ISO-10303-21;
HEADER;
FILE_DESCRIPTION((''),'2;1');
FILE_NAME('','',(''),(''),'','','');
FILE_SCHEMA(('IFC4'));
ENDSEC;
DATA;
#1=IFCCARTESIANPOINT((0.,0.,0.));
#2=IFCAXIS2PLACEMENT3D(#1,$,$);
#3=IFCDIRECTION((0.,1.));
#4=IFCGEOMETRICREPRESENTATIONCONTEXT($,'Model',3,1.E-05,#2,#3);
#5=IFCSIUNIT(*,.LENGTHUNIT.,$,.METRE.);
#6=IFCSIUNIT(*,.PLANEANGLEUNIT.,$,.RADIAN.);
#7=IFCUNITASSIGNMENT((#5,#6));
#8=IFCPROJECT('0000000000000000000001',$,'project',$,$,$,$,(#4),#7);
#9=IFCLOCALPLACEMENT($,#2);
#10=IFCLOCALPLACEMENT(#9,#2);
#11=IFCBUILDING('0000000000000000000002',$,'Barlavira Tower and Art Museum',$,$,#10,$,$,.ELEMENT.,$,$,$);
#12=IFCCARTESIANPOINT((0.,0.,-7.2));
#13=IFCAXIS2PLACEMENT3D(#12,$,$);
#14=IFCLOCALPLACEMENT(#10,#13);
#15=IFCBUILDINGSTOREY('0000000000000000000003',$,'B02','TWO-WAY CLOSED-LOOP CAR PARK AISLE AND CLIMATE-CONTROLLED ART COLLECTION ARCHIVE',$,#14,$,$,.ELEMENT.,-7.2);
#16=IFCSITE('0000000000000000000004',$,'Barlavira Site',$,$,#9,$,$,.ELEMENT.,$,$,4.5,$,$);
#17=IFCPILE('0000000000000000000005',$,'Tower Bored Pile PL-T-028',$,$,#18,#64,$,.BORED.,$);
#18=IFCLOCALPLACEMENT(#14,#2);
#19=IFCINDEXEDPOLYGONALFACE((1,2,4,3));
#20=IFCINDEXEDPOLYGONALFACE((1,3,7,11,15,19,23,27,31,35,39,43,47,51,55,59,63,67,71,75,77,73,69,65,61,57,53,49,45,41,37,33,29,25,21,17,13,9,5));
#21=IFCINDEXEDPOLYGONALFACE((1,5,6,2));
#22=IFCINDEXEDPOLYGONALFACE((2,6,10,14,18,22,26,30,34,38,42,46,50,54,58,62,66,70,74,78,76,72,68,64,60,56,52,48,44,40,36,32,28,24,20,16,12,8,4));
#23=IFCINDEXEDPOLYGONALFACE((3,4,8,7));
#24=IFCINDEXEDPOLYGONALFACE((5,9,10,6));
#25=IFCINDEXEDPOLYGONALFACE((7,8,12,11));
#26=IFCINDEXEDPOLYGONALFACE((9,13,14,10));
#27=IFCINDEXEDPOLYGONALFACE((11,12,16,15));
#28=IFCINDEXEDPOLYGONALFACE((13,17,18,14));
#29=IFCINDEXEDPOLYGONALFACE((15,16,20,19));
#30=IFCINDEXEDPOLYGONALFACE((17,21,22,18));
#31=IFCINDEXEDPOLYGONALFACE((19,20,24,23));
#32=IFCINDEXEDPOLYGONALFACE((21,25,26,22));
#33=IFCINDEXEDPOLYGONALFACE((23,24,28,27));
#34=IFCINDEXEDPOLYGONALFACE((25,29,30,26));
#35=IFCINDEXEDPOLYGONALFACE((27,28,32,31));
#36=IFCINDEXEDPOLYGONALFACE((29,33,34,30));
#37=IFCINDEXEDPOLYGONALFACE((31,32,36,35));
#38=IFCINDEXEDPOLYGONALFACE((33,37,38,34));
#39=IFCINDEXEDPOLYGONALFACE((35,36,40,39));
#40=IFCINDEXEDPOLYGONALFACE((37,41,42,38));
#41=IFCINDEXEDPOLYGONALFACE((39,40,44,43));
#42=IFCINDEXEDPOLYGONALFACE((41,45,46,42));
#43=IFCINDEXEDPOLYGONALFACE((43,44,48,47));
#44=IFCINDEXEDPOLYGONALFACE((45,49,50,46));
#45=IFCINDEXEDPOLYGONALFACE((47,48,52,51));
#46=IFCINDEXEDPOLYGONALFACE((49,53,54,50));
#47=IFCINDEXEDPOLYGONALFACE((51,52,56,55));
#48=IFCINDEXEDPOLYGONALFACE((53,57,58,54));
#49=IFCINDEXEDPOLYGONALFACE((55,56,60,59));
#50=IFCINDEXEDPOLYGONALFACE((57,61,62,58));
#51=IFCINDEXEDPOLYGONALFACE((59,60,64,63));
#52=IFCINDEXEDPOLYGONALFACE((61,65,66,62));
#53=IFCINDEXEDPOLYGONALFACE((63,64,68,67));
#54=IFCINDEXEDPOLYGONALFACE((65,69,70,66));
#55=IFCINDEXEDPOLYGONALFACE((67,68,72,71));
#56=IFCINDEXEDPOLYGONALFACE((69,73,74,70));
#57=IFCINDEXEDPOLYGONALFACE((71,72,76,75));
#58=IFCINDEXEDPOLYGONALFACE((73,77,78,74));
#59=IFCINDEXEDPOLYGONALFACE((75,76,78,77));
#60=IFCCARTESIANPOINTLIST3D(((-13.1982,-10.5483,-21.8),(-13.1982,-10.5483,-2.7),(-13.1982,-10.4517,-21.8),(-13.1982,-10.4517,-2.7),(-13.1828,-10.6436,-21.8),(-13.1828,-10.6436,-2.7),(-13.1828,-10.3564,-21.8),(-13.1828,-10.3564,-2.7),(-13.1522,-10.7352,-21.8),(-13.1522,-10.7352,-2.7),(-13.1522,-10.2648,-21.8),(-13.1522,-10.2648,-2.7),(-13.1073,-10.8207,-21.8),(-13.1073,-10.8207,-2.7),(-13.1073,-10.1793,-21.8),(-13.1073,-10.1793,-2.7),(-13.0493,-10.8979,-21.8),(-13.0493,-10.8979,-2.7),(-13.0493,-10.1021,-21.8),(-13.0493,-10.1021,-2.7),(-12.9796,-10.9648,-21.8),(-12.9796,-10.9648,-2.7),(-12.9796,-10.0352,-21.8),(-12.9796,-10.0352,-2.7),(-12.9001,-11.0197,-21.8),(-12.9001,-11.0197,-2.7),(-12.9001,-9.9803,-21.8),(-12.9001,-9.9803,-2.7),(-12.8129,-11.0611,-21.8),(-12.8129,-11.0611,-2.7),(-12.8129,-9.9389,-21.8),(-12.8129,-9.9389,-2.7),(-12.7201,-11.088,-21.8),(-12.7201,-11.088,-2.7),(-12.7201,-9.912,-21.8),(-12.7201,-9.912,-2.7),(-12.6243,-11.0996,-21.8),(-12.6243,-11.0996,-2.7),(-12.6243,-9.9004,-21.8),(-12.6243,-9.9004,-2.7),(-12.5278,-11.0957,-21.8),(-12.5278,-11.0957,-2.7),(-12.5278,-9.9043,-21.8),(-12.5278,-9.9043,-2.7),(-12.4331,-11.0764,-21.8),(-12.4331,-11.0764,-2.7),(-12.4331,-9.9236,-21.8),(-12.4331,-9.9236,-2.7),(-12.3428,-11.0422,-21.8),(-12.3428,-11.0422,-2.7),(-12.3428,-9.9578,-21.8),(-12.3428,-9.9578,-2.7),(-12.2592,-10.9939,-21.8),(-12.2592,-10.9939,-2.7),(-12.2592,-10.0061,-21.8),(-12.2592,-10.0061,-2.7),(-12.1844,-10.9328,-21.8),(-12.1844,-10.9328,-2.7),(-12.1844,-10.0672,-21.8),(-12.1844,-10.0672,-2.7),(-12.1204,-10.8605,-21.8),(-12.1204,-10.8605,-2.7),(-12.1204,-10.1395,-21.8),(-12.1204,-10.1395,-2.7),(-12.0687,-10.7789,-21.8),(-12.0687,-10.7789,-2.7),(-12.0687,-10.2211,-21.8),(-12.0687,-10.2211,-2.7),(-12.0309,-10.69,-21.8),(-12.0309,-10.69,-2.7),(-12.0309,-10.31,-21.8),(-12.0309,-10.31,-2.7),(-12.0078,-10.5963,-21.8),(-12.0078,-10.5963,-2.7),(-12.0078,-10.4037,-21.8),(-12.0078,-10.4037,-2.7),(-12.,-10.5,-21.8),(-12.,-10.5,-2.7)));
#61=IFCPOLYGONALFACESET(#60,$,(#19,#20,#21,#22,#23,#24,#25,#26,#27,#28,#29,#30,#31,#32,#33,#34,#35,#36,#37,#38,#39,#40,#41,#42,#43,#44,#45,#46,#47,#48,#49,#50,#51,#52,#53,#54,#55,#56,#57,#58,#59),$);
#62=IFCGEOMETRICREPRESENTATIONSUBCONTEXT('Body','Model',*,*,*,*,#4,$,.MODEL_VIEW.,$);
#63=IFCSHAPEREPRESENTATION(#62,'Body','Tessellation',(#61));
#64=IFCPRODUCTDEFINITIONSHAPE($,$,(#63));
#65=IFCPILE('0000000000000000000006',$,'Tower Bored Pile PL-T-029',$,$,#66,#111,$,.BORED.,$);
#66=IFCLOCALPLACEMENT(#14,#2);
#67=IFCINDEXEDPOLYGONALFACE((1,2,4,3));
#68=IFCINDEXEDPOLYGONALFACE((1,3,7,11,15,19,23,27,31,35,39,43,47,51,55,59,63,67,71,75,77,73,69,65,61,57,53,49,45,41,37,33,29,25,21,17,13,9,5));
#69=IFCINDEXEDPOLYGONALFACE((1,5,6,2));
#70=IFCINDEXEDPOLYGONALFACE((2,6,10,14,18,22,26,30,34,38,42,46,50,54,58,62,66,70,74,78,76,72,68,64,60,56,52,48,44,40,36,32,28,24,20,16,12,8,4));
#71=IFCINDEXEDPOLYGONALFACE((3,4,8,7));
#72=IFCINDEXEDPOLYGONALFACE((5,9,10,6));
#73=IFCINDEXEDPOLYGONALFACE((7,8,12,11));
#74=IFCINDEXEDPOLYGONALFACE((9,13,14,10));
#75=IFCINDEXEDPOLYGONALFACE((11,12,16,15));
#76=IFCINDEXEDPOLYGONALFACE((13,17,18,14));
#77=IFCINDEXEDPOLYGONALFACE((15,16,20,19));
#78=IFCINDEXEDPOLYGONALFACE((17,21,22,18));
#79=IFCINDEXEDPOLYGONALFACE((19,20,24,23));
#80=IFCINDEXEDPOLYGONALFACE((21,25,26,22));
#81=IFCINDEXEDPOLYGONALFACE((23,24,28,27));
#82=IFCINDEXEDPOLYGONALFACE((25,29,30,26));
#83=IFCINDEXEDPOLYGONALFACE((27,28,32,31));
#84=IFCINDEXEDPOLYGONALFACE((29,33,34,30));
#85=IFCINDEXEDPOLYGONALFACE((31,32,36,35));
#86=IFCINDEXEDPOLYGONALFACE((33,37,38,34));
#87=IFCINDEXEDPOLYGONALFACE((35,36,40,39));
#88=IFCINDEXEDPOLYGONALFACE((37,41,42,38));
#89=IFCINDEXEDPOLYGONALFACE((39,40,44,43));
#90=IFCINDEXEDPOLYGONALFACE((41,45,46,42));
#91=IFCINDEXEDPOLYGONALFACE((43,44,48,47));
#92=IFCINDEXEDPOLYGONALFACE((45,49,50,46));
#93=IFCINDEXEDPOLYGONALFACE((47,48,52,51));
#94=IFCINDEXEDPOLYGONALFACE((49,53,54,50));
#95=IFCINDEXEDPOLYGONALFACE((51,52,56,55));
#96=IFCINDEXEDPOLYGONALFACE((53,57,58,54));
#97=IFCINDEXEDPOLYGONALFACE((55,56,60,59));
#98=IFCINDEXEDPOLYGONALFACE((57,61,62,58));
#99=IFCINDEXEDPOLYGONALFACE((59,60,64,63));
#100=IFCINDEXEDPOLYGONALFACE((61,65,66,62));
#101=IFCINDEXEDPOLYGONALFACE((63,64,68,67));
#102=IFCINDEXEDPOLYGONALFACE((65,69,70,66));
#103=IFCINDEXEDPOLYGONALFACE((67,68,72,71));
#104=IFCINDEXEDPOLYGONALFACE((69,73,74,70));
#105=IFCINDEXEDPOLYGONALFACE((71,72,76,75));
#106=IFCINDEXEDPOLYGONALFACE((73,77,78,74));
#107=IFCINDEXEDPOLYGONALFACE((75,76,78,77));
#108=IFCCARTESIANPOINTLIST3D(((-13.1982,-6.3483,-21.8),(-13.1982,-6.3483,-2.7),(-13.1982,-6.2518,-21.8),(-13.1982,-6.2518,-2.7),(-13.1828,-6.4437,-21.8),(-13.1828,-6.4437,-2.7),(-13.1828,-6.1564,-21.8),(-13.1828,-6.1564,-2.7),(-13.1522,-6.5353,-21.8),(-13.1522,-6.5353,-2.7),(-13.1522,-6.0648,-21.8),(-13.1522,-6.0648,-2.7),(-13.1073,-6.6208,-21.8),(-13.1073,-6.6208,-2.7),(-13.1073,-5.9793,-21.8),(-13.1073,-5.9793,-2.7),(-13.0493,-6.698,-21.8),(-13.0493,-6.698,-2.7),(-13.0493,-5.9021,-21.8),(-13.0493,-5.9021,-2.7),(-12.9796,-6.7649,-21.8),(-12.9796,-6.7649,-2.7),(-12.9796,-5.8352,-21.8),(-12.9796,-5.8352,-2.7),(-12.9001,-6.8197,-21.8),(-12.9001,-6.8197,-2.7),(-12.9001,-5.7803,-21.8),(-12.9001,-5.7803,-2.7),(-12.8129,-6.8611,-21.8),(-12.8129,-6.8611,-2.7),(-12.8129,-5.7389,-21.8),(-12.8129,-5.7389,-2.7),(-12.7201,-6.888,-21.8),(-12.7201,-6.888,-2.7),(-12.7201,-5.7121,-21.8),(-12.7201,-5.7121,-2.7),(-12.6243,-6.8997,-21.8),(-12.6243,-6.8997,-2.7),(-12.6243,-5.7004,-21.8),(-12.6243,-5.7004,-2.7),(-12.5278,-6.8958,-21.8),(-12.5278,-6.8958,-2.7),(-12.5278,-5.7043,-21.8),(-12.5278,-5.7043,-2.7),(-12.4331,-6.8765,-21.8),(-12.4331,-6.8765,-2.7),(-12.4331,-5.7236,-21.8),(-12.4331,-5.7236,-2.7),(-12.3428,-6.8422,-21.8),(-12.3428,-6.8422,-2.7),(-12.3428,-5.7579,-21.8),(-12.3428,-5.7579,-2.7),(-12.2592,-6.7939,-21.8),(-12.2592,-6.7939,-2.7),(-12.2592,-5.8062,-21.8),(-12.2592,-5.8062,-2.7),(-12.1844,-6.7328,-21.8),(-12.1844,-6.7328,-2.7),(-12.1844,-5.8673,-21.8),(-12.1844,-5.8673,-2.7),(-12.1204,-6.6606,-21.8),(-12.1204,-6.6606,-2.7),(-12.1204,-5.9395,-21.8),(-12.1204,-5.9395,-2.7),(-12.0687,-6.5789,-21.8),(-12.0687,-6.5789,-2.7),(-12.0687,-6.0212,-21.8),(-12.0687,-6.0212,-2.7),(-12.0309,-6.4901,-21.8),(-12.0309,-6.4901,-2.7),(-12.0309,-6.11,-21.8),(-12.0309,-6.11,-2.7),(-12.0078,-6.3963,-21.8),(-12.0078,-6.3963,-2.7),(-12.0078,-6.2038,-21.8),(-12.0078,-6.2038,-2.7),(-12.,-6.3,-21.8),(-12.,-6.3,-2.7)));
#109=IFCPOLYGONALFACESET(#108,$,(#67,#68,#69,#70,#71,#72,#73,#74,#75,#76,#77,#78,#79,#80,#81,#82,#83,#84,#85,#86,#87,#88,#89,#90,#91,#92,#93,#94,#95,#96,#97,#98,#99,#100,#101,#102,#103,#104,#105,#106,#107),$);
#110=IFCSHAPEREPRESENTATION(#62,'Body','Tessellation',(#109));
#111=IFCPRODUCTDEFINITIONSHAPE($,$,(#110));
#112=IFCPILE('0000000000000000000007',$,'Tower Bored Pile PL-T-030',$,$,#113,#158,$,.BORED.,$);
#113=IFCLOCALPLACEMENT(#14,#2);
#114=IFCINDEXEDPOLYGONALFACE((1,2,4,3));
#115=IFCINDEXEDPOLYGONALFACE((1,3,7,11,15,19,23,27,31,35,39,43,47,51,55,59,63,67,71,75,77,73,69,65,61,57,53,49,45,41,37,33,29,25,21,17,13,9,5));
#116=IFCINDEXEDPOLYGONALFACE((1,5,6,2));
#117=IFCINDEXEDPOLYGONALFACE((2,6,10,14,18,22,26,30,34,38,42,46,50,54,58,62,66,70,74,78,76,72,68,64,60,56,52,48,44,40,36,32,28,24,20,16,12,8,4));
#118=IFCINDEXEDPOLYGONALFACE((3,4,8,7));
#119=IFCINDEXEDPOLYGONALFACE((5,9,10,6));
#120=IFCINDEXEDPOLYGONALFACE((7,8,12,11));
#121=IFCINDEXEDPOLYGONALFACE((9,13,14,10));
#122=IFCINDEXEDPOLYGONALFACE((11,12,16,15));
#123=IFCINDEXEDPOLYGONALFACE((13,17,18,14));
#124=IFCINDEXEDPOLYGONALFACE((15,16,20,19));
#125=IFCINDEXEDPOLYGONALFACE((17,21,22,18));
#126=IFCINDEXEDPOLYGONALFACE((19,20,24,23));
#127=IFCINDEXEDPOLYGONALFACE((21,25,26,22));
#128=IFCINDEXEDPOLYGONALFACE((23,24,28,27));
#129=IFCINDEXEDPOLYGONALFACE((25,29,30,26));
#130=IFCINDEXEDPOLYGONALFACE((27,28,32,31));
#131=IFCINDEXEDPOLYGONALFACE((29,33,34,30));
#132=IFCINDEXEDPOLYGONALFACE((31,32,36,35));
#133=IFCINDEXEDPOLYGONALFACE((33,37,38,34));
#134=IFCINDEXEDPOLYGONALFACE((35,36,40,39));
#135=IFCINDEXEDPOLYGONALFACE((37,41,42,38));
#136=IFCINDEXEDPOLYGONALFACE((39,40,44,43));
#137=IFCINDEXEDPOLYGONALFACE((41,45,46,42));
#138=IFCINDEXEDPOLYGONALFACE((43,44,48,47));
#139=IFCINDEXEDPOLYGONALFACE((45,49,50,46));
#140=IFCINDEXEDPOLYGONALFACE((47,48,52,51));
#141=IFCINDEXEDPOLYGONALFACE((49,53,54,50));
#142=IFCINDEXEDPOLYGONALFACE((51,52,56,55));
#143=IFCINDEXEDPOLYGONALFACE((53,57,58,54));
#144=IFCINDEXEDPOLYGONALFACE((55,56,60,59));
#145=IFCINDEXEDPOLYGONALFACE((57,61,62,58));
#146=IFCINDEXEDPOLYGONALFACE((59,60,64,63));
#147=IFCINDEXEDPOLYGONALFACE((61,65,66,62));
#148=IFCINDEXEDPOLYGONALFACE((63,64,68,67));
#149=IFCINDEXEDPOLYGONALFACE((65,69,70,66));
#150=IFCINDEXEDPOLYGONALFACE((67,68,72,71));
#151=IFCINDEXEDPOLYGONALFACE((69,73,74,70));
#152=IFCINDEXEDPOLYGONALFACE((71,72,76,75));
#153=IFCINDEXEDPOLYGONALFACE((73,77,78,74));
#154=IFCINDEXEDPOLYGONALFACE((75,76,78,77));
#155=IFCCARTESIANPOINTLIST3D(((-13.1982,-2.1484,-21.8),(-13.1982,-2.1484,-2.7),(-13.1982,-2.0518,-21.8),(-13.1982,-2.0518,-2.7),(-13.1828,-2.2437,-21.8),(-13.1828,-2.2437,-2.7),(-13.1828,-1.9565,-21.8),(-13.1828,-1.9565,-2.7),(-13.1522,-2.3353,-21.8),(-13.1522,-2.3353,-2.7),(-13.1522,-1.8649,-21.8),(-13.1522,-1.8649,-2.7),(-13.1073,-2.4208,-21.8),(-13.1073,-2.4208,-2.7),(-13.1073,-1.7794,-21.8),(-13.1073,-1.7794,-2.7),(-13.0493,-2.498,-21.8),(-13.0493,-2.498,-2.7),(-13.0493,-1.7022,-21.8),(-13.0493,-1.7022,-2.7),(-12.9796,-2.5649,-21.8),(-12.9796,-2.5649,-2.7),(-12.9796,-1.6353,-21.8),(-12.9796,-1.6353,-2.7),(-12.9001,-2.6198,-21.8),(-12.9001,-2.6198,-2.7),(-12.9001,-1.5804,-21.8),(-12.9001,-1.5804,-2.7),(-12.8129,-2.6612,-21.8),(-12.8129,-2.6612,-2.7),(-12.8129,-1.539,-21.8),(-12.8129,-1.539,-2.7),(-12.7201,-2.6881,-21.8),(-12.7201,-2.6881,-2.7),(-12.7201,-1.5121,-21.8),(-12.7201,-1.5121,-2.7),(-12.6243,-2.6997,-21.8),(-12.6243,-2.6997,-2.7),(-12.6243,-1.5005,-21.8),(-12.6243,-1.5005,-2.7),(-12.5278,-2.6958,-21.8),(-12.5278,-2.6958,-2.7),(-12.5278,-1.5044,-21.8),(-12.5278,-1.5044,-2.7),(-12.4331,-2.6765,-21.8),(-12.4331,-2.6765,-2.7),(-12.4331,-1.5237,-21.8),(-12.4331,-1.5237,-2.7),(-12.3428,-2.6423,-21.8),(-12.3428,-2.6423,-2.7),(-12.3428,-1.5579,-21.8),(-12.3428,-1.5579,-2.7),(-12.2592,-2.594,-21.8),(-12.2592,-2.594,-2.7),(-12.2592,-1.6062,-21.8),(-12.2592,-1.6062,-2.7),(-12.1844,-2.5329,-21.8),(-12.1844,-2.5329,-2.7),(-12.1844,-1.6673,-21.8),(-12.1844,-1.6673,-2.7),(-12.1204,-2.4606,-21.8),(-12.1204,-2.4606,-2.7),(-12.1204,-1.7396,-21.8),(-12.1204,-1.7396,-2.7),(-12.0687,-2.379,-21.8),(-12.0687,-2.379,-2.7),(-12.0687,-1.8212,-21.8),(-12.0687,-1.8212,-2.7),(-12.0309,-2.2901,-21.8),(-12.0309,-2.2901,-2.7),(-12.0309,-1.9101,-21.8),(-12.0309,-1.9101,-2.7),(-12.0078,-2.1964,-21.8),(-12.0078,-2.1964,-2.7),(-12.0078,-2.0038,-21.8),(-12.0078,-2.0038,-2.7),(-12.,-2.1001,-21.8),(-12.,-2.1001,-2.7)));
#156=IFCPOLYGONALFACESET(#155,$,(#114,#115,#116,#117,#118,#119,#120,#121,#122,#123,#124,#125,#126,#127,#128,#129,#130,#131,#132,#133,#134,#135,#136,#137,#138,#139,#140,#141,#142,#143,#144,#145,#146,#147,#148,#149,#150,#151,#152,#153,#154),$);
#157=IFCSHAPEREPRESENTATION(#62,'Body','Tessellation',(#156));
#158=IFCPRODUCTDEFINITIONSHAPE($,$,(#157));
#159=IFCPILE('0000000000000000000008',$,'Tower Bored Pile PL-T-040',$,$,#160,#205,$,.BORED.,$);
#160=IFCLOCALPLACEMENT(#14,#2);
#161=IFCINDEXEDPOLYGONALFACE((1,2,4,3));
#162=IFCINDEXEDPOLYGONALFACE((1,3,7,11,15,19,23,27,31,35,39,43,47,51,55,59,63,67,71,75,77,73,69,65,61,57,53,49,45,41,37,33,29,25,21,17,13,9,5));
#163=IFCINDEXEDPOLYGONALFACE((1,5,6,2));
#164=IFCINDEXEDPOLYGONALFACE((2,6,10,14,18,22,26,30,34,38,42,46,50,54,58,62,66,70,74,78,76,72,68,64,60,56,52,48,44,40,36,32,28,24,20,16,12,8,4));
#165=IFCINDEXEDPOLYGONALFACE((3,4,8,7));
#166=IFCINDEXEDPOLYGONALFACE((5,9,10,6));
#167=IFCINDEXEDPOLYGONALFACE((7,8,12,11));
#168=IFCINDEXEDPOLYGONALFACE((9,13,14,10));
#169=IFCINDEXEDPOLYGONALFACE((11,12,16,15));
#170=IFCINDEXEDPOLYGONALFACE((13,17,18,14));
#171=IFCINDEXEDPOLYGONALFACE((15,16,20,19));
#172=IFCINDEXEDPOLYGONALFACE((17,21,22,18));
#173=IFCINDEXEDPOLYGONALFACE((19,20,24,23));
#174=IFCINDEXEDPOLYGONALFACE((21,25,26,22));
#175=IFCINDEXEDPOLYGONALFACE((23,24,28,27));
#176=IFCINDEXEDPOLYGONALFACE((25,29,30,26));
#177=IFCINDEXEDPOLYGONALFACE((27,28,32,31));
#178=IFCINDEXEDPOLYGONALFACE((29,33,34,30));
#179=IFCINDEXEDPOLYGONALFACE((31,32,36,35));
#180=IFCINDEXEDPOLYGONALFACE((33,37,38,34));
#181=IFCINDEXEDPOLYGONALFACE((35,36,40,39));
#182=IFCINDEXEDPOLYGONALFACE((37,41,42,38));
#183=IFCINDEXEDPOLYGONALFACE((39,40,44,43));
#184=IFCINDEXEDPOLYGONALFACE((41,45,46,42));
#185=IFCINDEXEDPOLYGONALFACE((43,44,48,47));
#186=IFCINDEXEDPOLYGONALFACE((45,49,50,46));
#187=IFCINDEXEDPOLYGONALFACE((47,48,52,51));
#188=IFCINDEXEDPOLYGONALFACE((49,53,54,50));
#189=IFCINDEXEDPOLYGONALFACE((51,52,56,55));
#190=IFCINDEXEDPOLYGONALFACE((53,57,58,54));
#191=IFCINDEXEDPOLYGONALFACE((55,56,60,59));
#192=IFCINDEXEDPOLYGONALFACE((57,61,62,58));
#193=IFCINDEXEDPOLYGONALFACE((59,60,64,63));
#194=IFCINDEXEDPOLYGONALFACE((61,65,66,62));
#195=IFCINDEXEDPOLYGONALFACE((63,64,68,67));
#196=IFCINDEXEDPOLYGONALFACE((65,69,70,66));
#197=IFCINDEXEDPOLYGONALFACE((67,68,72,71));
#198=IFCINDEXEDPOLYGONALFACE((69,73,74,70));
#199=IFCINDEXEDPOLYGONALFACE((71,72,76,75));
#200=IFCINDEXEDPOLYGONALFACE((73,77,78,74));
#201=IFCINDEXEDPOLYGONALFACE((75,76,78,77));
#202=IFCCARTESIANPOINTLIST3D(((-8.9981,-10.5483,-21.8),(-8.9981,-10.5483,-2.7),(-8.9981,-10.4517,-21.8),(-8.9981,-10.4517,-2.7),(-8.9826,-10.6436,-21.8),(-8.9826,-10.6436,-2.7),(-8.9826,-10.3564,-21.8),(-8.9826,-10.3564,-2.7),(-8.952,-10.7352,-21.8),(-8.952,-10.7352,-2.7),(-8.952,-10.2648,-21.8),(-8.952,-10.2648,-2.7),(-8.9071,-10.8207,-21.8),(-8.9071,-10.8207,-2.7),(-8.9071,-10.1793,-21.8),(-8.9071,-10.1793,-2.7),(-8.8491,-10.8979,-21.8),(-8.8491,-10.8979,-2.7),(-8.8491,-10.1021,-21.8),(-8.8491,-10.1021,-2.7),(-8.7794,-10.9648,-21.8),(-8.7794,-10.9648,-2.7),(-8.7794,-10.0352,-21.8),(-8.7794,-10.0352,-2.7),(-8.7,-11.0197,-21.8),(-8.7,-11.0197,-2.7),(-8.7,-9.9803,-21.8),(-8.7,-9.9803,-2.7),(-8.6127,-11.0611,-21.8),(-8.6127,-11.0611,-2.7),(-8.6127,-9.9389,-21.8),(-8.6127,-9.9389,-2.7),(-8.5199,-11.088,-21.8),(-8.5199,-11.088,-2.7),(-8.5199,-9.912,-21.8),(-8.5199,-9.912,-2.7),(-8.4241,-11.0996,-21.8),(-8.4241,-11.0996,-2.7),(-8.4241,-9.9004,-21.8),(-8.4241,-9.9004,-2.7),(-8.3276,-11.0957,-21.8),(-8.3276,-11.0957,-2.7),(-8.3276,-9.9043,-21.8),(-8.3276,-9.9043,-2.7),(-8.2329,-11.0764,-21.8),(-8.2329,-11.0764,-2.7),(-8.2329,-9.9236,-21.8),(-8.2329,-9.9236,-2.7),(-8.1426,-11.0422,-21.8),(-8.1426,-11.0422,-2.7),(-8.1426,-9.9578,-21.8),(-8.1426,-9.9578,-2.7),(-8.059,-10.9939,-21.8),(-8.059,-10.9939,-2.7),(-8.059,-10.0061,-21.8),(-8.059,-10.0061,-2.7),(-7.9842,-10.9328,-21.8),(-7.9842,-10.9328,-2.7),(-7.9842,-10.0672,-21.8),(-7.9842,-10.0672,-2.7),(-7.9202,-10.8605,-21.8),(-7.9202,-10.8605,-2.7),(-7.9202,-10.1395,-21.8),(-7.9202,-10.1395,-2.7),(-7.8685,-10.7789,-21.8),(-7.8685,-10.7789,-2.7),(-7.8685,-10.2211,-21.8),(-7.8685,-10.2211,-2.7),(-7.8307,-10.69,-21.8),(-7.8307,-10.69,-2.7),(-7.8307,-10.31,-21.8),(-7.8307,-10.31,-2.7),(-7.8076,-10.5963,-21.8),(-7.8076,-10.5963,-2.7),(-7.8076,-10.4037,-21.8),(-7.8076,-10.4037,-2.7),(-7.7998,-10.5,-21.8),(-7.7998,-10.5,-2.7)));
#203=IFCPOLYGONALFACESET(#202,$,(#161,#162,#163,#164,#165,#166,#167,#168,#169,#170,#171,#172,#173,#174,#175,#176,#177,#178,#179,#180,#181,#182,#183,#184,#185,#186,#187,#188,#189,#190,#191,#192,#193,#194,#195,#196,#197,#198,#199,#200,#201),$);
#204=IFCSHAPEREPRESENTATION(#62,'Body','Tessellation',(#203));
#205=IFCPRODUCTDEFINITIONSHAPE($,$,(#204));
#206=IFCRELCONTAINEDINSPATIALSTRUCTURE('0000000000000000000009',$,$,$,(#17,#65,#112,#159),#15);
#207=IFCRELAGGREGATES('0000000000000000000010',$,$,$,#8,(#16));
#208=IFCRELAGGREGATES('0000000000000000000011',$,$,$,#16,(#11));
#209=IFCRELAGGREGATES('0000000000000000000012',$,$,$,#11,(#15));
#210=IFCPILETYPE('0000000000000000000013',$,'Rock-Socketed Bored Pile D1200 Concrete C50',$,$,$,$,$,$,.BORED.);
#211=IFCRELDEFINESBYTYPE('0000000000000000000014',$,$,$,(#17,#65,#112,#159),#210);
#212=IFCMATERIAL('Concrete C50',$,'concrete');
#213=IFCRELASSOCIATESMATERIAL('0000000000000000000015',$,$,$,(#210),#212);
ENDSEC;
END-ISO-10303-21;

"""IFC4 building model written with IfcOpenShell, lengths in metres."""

from ifc_helpers import new_model, si_unit, direction, frame, origin, origin_2d, place, context, subcontext, project, spatial, circle, extrude, material, material_profile, profile_set, type_object, element, save


model = new_model("IFC4")

# Units and contexts
model_context = context("Model", 3, precision=1e-05, world=origin(), true_north=direction((0.0, 1.0)))
body_context = subcontext(model_context, "Body", "Model", "MODEL_VIEW")
ifc_project = project(units=[si_unit("LENGTHUNIT", "METRE"), si_unit("PLANEANGLEUNIT", "RADIAN")], contexts=[model_context])

# Site, building, storey
site_placement = place(None, origin())
site = spatial("IfcSite", under=ifc_project, at=site_placement, Name="Barlavira Site", CompositionType="ELEMENT", RefElevation=4.5)
building_placement = place(site_placement, origin())
building = spatial("IfcBuilding", under=site, at=building_placement, Name="Barlavira Tower and Art Museum", CompositionType="ELEMENT")
storey_placement = place(building_placement, frame((0.0, 0.0, -7.2)))
storey = spatial("IfcBuildingStorey", under=building, at=storey_placement, Name="B02", Description="TWO-WAY CLOSED-LOOP CAR PARK AISLE AND CLIMATE-CONTROLLED ART COLLECTION ARCHIVE", CompositionType="ELEMENT", Elevation=-7.2)

# Piles
ifc_material_1 = material(Name="Concrete C50", Category="concrete")
ifc_material_profile_1 = material_profile(ifc_material_1, circle(Radius=0.6001, at=origin_2d()), Name="BORED PILE D1200")
ifc_profile_set_1 = profile_set([ifc_material_profile_1], Name="Concrete C50")
pile_type = type_object("IfcPileType", Name="Rock-Socketed Bored Pile D1200 Concrete C50", PredefinedType="BORED", material=ifc_profile_set_1)
for number, where, z_axis, x_axis, name in (
    (1, (-12.6001, -10.5, -2.7), (0.0, 0.0, -1.0), (1.0, 0.0, 0.0), "Tower Bored Pile PL-T-028"),
    (2, (-12.6001, -6.3, -2.7), (0.0, 0.0, -1.0), (1.0, 0.0, 0.0), "Tower Bored Pile PL-T-029"),
    (3, (-12.6001, -2.1001, -2.7), (0.0, 0.0, -1.0), (1.0, 0.0, 0.0), "Tower Bored Pile PL-T-030"),
    (4, (-8.3999, -10.5, -2.7), (0.0, 0.0, -1.0), (1.0, 0.0, 0.0), "Tower Bored Pile PL-T-040"),
):
    element("IfcPile", number, at=place(storey_placement, frame(where, z_axis=z_axis, x_axis=x_axis)), inside=storey, type_object=pile_type, Name=name, PredefinedType="BORED", context=body_context, shape_type="SweptSolid", body=[
        extrude(circle(Radius=0.6001, at=origin_2d()), origin(), (0.0, 0.0, 1.0), 19.1001),
    ])

save(model, "model.ifc")
